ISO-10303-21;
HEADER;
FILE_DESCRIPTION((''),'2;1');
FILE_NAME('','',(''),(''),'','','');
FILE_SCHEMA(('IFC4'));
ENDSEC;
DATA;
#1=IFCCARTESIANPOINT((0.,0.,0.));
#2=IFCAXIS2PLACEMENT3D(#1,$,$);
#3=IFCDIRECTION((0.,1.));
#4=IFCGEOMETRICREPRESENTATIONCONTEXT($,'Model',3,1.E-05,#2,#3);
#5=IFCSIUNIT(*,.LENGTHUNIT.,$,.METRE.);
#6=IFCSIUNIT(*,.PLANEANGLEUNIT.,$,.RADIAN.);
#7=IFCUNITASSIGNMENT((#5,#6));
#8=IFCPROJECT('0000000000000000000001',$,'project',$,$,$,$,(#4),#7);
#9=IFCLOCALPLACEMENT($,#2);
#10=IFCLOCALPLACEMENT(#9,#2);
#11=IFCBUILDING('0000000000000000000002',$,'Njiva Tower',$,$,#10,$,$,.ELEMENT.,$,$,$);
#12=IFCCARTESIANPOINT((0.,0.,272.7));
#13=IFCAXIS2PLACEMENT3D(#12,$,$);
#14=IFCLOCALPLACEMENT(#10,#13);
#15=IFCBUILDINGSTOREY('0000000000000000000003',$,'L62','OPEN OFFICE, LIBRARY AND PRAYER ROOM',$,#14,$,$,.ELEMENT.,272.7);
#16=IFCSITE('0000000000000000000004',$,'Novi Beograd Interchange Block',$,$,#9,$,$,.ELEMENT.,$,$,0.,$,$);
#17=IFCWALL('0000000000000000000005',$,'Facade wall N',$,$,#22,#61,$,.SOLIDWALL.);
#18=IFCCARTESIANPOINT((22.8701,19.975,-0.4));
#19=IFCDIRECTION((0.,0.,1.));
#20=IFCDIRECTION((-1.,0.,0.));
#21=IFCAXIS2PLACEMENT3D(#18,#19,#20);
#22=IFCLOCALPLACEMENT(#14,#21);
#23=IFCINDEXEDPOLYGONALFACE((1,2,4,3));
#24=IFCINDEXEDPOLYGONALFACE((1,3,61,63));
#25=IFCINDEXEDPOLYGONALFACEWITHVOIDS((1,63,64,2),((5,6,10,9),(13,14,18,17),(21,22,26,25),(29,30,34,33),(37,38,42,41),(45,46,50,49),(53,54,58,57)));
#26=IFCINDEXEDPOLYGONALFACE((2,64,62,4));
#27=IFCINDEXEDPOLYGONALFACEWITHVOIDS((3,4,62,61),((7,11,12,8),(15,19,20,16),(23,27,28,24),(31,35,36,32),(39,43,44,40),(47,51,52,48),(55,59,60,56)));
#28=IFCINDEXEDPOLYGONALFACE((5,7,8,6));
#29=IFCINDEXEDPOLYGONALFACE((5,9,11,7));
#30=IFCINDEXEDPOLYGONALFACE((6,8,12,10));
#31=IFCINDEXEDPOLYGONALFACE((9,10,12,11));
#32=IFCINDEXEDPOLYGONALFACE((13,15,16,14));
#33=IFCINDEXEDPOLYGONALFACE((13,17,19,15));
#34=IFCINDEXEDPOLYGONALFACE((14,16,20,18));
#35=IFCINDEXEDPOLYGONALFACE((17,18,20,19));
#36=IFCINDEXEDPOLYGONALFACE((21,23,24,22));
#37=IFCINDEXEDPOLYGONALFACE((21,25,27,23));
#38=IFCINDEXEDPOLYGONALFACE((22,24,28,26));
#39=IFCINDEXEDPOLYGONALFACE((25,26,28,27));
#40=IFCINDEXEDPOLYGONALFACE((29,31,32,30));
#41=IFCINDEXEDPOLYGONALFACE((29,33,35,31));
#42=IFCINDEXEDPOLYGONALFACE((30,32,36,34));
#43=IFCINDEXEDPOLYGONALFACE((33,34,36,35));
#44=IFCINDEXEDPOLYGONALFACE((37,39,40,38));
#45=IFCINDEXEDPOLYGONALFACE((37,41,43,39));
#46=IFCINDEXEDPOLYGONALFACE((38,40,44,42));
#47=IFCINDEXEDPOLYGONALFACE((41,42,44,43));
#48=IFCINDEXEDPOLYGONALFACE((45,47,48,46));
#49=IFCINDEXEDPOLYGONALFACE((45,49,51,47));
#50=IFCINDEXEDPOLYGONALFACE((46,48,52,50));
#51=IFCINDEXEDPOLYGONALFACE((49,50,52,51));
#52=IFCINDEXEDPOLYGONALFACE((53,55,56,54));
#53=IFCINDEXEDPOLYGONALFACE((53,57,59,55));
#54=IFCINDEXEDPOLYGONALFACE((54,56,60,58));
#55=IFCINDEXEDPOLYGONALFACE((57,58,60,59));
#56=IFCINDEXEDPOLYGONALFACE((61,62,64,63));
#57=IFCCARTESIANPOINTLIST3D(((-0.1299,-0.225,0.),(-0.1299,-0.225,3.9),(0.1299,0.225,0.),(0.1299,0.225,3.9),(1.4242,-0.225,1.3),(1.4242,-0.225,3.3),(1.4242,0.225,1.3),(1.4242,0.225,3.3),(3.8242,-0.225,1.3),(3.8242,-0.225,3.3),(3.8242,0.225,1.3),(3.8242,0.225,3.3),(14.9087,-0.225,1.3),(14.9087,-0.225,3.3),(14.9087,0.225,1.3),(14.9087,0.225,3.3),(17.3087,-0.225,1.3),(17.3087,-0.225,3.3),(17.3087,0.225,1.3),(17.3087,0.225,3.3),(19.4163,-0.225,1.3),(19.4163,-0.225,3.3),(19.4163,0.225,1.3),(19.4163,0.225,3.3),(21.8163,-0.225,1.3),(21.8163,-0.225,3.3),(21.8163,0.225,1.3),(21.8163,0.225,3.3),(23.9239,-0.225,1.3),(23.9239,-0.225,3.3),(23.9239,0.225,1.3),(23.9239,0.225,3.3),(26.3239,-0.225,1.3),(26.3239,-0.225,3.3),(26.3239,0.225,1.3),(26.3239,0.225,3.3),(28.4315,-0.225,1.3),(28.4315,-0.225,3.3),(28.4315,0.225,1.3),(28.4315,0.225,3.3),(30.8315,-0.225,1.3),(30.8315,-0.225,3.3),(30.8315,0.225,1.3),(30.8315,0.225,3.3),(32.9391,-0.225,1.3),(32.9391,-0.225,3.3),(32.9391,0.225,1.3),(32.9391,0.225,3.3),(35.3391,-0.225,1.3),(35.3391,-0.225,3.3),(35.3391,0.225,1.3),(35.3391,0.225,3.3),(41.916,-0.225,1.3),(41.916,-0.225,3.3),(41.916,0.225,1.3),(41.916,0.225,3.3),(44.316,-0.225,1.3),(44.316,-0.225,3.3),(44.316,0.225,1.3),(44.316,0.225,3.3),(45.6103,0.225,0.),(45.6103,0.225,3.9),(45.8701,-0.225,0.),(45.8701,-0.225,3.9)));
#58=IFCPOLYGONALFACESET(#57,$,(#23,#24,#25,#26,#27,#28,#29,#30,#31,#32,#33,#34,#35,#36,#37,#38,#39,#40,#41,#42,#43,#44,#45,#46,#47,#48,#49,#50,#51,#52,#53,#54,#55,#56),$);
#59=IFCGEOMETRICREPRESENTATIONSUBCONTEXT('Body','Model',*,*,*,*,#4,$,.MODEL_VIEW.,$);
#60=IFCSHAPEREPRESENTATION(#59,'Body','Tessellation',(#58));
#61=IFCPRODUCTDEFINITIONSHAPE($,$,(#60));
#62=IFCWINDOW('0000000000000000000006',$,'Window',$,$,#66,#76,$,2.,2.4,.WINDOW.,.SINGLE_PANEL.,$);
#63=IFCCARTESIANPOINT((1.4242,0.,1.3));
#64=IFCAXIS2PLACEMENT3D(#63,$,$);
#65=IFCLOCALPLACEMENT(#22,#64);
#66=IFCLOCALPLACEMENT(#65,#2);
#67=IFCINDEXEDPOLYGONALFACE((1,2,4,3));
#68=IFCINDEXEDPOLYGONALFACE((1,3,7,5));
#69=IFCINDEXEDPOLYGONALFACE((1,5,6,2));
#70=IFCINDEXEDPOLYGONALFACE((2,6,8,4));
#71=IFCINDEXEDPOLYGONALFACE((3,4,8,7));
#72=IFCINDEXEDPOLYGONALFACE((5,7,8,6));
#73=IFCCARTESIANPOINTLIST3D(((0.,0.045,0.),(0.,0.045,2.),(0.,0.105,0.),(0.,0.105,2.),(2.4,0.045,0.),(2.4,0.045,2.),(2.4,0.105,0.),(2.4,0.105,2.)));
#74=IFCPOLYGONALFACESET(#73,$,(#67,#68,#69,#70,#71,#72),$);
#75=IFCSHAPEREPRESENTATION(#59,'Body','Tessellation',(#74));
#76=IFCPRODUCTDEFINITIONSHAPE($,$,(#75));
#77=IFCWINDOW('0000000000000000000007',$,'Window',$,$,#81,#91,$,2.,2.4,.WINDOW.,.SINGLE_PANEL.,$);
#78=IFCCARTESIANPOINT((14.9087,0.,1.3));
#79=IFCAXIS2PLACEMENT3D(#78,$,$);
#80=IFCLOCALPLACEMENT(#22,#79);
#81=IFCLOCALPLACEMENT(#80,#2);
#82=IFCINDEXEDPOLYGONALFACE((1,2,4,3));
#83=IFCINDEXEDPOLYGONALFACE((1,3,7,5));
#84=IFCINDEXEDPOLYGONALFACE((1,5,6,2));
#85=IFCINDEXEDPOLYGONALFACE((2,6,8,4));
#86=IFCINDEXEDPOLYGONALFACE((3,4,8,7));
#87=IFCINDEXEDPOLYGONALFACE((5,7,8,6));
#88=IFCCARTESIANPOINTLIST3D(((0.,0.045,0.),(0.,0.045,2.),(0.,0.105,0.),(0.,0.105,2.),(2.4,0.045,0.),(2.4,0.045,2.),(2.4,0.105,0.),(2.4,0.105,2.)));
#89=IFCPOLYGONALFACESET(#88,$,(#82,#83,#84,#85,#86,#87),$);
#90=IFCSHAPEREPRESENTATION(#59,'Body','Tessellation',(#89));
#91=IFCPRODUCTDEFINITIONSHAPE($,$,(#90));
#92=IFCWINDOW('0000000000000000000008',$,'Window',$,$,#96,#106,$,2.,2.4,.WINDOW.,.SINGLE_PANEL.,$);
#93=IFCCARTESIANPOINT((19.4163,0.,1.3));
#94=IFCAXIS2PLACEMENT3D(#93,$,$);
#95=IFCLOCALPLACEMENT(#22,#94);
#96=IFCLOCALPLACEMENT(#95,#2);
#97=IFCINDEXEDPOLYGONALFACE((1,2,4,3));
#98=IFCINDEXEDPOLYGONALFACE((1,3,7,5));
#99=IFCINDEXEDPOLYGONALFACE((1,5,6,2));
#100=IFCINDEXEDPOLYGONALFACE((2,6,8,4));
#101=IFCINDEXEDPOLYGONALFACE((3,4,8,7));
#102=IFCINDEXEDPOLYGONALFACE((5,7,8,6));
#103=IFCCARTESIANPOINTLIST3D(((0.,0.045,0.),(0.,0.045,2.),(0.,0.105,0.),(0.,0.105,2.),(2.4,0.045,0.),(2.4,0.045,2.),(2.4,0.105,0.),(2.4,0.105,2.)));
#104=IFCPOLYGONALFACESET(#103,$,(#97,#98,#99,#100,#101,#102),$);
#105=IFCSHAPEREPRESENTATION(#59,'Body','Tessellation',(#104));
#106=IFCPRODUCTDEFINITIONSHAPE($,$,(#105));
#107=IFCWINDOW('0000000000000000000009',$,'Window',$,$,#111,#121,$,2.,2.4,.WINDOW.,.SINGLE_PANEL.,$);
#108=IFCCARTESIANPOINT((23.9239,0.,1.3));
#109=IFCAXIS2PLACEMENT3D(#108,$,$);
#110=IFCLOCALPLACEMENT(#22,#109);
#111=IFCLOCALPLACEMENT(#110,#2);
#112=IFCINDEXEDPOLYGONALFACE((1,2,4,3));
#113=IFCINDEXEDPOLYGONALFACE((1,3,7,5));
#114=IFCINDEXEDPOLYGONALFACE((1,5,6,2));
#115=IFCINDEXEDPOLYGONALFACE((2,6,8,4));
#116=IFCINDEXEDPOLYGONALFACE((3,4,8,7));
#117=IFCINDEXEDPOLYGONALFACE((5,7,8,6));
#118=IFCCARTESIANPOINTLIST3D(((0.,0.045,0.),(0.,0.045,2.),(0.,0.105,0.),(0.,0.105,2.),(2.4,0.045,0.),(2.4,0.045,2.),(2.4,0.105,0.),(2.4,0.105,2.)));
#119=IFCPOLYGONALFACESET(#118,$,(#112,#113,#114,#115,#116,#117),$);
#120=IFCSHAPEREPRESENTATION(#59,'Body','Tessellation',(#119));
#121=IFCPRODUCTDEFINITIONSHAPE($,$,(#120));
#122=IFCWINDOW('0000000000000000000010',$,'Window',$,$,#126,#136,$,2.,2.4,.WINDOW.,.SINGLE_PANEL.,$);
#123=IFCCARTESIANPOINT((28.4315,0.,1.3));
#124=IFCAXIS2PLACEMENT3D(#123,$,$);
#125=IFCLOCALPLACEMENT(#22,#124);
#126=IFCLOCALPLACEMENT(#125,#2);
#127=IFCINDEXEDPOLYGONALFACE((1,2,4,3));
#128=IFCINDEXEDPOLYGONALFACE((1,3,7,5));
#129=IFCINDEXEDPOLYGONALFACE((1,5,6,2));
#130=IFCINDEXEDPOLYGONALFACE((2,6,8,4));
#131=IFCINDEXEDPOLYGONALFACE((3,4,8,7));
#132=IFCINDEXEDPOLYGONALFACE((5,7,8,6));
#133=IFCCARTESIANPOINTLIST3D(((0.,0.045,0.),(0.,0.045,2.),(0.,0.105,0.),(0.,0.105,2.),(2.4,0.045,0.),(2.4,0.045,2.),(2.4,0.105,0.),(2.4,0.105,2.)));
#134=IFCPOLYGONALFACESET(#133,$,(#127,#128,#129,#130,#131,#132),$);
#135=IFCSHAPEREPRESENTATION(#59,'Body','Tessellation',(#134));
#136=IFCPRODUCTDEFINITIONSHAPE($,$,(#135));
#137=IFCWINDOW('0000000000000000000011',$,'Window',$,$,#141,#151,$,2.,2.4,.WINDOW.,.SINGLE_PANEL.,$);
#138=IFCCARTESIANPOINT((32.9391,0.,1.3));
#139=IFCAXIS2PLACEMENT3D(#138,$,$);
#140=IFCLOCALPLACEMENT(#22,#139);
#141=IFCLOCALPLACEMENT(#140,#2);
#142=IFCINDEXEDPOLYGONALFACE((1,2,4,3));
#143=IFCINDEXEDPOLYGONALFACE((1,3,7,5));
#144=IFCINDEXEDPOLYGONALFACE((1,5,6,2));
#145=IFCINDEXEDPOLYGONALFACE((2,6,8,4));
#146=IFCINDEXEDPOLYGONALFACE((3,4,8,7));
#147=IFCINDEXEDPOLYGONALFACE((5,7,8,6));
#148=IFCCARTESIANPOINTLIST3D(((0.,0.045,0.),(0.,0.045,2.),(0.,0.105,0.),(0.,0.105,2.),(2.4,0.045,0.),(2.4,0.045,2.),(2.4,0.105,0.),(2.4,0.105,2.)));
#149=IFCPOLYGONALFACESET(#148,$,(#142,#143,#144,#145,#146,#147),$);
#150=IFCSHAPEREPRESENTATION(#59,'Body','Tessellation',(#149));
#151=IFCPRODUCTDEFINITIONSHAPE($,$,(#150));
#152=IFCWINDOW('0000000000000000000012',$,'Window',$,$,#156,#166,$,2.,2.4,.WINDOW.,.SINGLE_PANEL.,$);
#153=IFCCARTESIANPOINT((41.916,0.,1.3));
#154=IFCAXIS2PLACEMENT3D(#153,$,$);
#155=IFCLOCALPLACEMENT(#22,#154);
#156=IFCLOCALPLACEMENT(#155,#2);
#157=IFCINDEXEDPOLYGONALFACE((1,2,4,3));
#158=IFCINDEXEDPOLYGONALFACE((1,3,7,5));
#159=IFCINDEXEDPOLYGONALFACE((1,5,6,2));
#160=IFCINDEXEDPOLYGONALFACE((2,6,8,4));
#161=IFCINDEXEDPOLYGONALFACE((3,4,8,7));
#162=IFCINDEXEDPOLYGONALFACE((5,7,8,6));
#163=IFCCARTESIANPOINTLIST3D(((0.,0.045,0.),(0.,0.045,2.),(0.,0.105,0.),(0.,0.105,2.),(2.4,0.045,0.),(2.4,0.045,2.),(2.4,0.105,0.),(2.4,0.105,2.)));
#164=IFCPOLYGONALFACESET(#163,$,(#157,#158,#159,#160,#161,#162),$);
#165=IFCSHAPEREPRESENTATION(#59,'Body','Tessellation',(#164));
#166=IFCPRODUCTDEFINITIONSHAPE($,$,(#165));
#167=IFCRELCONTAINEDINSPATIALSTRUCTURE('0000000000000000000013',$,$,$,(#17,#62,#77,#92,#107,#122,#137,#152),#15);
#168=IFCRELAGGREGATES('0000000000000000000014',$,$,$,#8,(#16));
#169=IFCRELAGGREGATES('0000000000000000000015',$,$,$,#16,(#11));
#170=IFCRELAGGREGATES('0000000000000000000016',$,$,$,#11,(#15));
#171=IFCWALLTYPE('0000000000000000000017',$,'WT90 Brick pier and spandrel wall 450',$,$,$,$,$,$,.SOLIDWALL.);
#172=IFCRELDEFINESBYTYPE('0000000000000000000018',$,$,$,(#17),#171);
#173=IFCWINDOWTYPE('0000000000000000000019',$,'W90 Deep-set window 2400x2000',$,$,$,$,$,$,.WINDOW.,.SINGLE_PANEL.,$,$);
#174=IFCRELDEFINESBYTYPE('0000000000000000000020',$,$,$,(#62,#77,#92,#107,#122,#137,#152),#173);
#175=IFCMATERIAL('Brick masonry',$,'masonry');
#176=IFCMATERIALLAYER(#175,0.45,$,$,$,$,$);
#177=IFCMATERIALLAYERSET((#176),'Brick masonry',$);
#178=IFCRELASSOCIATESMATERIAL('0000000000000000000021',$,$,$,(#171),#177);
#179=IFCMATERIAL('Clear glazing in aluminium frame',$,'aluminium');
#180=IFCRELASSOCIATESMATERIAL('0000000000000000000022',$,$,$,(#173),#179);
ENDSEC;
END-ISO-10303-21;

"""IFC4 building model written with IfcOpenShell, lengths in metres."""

from ifc_helpers import new_model, si_unit, direction, frame, frame_2d, origin, place, context, subcontext, project, spatial, polyline, rectangle, outline, extrude, material, layer, layer_set, type_object, element, fill, save


model = new_model("IFC4")

# Units and contexts
model_context = context("Model", 3, precision=1e-05, world=origin(), true_north=direction((0.0, 1.0)))
body_context = subcontext(model_context, "Body", "Model", "MODEL_VIEW")
ifc_project = project(units=[si_unit("LENGTHUNIT", "METRE"), si_unit("PLANEANGLEUNIT", "RADIAN")], contexts=[model_context])

# Site, building, storey
site_placement = place(None, origin())
site = spatial("IfcSite", under=ifc_project, at=site_placement, Name="Novi Beograd Interchange Block", CompositionType="ELEMENT", RefElevation=0.0)
building_placement = place(site_placement, origin())
building = spatial("IfcBuilding", under=site, at=building_placement, Name="Njiva Tower", CompositionType="ELEMENT")
storey_placement = place(building_placement, frame((0.0, 0.0, 272.7)))
storey = spatial("IfcBuildingStorey", under=building, at=storey_placement, Name="L62", Description="OPEN OFFICE, LIBRARY AND PRAYER ROOM", CompositionType="ELEMENT", Elevation=272.7)

# Wall, openings, windows
ifc_material_1 = material(Name="Brick masonry", Category="masonry")
ifc_layer_1 = layer(ifc_material_1, 0.45)
ifc_layer_set_1 = layer_set([ifc_layer_1], Name="Brick masonry")
wall_type_1 = type_object("IfcWallType", Name="WT90 Brick pier and spandrel wall 450", PredefinedType="SOLIDWALL", material=ifc_layer_set_1)
wall_1_placement = place(storey_placement, frame((22.8701, 19.975, -0.4), z_axis=(0.0, 0.0, 1.0), x_axis=(-1.0, 0.0, 0.0)))
wall_1 = element("IfcWall", 1, at=wall_1_placement, inside=storey, type_object=wall_type_1, Name="Facade wall N", PredefinedType="SOLIDWALL", context=body_context, shape_type="SweptSolid", body=[
    extrude(outline(polyline([(-0.1299, -0.225), (45.8701, -0.225), (45.6103, 0.225), (0.1299, 0.225), (-0.1299, -0.225)])), origin(), (0.0, 0.0, 1.0), 3.9),
])
opening_1_placement = place(wall_1_placement, frame((1.4242, 0.0, 1.3)))
opening_1 = element("IfcOpeningElement", 2, at=opening_1_placement, cuts=wall_1, PredefinedType="OPENING", context=body_context, shape_type="SweptSolid", body=[
    extrude(rectangle(XDim=2.4, YDim=2.0, at=frame_2d((1.2, 1.0))), frame((0.0, 0.235, 0.0), z_axis=(0.0, -1.0, 0.0), x_axis=(1.0, 0.0, 0.0)), (0.0, 0.0, 1.0), 0.47),
])
opening_2_placement = place(wall_1_placement, frame((14.9087, 0.0, 1.3)))
opening_2 = element("IfcOpeningElement", 3, at=opening_2_placement, cuts=wall_1, PredefinedType="OPENING", context=body_context, shape_type="SweptSolid", body=[
    extrude(rectangle(XDim=2.4, YDim=2.0, at=frame_2d((1.2, 1.0))), frame((0.0, 0.235, 0.0), z_axis=(0.0, -1.0, 0.0), x_axis=(1.0, 0.0, 0.0)), (0.0, 0.0, 1.0), 0.47),
])
opening_3_placement = place(wall_1_placement, frame((19.4163, 0.0, 1.3)))
opening_3 = element("IfcOpeningElement", 4, at=opening_3_placement, cuts=wall_1, PredefinedType="OPENING", context=body_context, shape_type="SweptSolid", body=[
    extrude(rectangle(XDim=2.4, YDim=2.0, at=frame_2d((1.2, 1.0))), frame((0.0, 0.235, 0.0), z_axis=(0.0, -1.0, 0.0), x_axis=(1.0, 0.0, 0.0)), (0.0, 0.0, 1.0), 0.47),
])
opening_4_placement = place(wall_1_placement, frame((23.9239, 0.0, 1.3)))
opening_4 = element("IfcOpeningElement", 5, at=opening_4_placement, cuts=wall_1, PredefinedType="OPENING", context=body_context, shape_type="SweptSolid", body=[
    extrude(rectangle(XDim=2.4, YDim=2.0, at=frame_2d((1.2, 1.0))), frame((0.0, 0.235, 0.0), z_axis=(0.0, -1.0, 0.0), x_axis=(1.0, 0.0, 0.0)), (0.0, 0.0, 1.0), 0.47),
])
opening_5_placement = place(wall_1_placement, frame((28.4315, 0.0, 1.3)))
opening_5 = element("IfcOpeningElement", 6, at=opening_5_placement, cuts=wall_1, PredefinedType="OPENING", context=body_context, shape_type="SweptSolid", body=[
    extrude(rectangle(XDim=2.4, YDim=2.0, at=frame_2d((1.2, 1.0))), frame((0.0, 0.235, 0.0), z_axis=(0.0, -1.0, 0.0), x_axis=(1.0, 0.0, 0.0)), (0.0, 0.0, 1.0), 0.47),
])
opening_6_placement = place(wall_1_placement, frame((32.9391, 0.0, 1.3)))
opening_6 = element("IfcOpeningElement", 7, at=opening_6_placement, cuts=wall_1, PredefinedType="OPENING", context=body_context, shape_type="SweptSolid", body=[
    extrude(rectangle(XDim=2.4, YDim=2.0, at=frame_2d((1.2, 1.0))), frame((0.0, 0.235, 0.0), z_axis=(0.0, -1.0, 0.0), x_axis=(1.0, 0.0, 0.0)), (0.0, 0.0, 1.0), 0.47),
])
opening_7_placement = place(wall_1_placement, frame((41.916, 0.0, 1.3)))
opening_7 = element("IfcOpeningElement", 8, at=opening_7_placement, cuts=wall_1, PredefinedType="OPENING", context=body_context, shape_type="SweptSolid", body=[
    extrude(rectangle(XDim=2.4, YDim=2.0, at=frame_2d((1.2, 1.0))), frame((0.0, 0.235, 0.0), z_axis=(0.0, -1.0, 0.0), x_axis=(1.0, 0.0, 0.0)), (0.0, 0.0, 1.0), 0.47),
])
ifc_material_2 = material(Name="Clear glazing in aluminium frame", Category="aluminium")
window_type_1 = type_object("IfcWindowType", Name="W90 Deep-set window 2400x2000", PartitioningType="SINGLE_PANEL", PredefinedType="WINDOW", material=ifc_material_2)
window_1_placement = place(opening_1_placement, origin())
window_1 = element("IfcWindow", 9, at=window_1_placement, inside=storey, type_object=window_type_1, Name="Window", OverallHeight=2.0, OverallWidth=2.4, PartitioningType="SINGLE_PANEL", PredefinedType="WINDOW", context=body_context, shape_type="SweptSolid", body=[
    extrude(rectangle(XDim=2.4, YDim=2.0, at=frame_2d((1.2, 1.0))), frame((0.0, 0.105, 0.0), z_axis=(0.0, -1.0, 0.0), x_axis=(1.0, 0.0, 0.0)), (0.0, 0.0, 1.0), 0.06),
])
fill(opening_1, window_1)
window_2_placement = place(opening_2_placement, origin())
window_2 = element("IfcWindow", 10, at=window_2_placement, inside=storey, type_object=window_type_1, Name="Window", OverallHeight=2.0, OverallWidth=2.4, PartitioningType="SINGLE_PANEL", PredefinedType="WINDOW", context=body_context, shape_type="SweptSolid", body=[
    extrude(rectangle(XDim=2.4, YDim=2.0, at=frame_2d((1.2, 1.0))), frame((0.0, 0.105, 0.0), z_axis=(0.0, -1.0, 0.0), x_axis=(1.0, 0.0, 0.0)), (0.0, 0.0, 1.0), 0.06),
])
fill(opening_2, window_2)
window_3_placement = place(opening_3_placement, origin())
window_3 = element("IfcWindow", 11, at=window_3_placement, inside=storey, type_object=window_type_1, Name="Window", OverallHeight=2.0, OverallWidth=2.4, PartitioningType="SINGLE_PANEL", PredefinedType="WINDOW", context=body_context, shape_type="SweptSolid", body=[
    extrude(rectangle(XDim=2.4, YDim=2.0, at=frame_2d((1.2, 1.0))), frame((0.0, 0.105, 0.0), z_axis=(0.0, -1.0, 0.0), x_axis=(1.0, 0.0, 0.0)), (0.0, 0.0, 1.0), 0.06),
])
fill(opening_3, window_3)
window_4_placement = place(opening_4_placement, origin())
window_4 = element("IfcWindow", 12, at=window_4_placement, inside=storey, type_object=window_type_1, Name="Window", OverallHeight=2.0, OverallWidth=2.4, PartitioningType="SINGLE_PANEL", PredefinedType="WINDOW", context=body_context, shape_type="SweptSolid", body=[
    extrude(rectangle(XDim=2.4, YDim=2.0, at=frame_2d((1.2, 1.0))), frame((0.0, 0.105, 0.0), z_axis=(0.0, -1.0, 0.0), x_axis=(1.0, 0.0, 0.0)), (0.0, 0.0, 1.0), 0.06),
])
fill(opening_4, window_4)
window_5_placement = place(opening_5_placement, origin())
window_5 = element("IfcWindow", 13, at=window_5_placement, inside=storey, type_object=window_type_1, Name="Window", OverallHeight=2.0, OverallWidth=2.4, PartitioningType="SINGLE_PANEL", PredefinedType="WINDOW", context=body_context, shape_type="SweptSolid", body=[
    extrude(rectangle(XDim=2.4, YDim=2.0, at=frame_2d((1.2, 1.0))), frame((0.0, 0.105, 0.0), z_axis=(0.0, -1.0, 0.0), x_axis=(1.0, 0.0, 0.0)), (0.0, 0.0, 1.0), 0.06),
])
fill(opening_5, window_5)
window_6_placement = place(opening_6_placement, origin())
window_6 = element("IfcWindow", 14, at=window_6_placement, inside=storey, type_object=window_type_1, Name="Window", OverallHeight=2.0, OverallWidth=2.4, PartitioningType="SINGLE_PANEL", PredefinedType="WINDOW", context=body_context, shape_type="SweptSolid", body=[
    extrude(rectangle(XDim=2.4, YDim=2.0, at=frame_2d((1.2, 1.0))), frame((0.0, 0.105, 0.0), z_axis=(0.0, -1.0, 0.0), x_axis=(1.0, 0.0, 0.0)), (0.0, 0.0, 1.0), 0.06),
])
fill(opening_6, window_6)
window_7_placement = place(opening_7_placement, origin())
window_7 = element("IfcWindow", 15, at=window_7_placement, inside=storey, type_object=window_type_1, Name="Window", OverallHeight=2.0, OverallWidth=2.4, PartitioningType="SINGLE_PANEL", PredefinedType="WINDOW", context=body_context, shape_type="SweptSolid", body=[
    extrude(rectangle(XDim=2.4, YDim=2.0, at=frame_2d((1.2, 1.0))), frame((0.0, 0.105, 0.0), z_axis=(0.0, -1.0, 0.0), x_axis=(1.0, 0.0, 0.0)), (0.0, 0.0, 1.0), 0.06),
])
fill(opening_7, window_7)

save(model, "model.ifc")
